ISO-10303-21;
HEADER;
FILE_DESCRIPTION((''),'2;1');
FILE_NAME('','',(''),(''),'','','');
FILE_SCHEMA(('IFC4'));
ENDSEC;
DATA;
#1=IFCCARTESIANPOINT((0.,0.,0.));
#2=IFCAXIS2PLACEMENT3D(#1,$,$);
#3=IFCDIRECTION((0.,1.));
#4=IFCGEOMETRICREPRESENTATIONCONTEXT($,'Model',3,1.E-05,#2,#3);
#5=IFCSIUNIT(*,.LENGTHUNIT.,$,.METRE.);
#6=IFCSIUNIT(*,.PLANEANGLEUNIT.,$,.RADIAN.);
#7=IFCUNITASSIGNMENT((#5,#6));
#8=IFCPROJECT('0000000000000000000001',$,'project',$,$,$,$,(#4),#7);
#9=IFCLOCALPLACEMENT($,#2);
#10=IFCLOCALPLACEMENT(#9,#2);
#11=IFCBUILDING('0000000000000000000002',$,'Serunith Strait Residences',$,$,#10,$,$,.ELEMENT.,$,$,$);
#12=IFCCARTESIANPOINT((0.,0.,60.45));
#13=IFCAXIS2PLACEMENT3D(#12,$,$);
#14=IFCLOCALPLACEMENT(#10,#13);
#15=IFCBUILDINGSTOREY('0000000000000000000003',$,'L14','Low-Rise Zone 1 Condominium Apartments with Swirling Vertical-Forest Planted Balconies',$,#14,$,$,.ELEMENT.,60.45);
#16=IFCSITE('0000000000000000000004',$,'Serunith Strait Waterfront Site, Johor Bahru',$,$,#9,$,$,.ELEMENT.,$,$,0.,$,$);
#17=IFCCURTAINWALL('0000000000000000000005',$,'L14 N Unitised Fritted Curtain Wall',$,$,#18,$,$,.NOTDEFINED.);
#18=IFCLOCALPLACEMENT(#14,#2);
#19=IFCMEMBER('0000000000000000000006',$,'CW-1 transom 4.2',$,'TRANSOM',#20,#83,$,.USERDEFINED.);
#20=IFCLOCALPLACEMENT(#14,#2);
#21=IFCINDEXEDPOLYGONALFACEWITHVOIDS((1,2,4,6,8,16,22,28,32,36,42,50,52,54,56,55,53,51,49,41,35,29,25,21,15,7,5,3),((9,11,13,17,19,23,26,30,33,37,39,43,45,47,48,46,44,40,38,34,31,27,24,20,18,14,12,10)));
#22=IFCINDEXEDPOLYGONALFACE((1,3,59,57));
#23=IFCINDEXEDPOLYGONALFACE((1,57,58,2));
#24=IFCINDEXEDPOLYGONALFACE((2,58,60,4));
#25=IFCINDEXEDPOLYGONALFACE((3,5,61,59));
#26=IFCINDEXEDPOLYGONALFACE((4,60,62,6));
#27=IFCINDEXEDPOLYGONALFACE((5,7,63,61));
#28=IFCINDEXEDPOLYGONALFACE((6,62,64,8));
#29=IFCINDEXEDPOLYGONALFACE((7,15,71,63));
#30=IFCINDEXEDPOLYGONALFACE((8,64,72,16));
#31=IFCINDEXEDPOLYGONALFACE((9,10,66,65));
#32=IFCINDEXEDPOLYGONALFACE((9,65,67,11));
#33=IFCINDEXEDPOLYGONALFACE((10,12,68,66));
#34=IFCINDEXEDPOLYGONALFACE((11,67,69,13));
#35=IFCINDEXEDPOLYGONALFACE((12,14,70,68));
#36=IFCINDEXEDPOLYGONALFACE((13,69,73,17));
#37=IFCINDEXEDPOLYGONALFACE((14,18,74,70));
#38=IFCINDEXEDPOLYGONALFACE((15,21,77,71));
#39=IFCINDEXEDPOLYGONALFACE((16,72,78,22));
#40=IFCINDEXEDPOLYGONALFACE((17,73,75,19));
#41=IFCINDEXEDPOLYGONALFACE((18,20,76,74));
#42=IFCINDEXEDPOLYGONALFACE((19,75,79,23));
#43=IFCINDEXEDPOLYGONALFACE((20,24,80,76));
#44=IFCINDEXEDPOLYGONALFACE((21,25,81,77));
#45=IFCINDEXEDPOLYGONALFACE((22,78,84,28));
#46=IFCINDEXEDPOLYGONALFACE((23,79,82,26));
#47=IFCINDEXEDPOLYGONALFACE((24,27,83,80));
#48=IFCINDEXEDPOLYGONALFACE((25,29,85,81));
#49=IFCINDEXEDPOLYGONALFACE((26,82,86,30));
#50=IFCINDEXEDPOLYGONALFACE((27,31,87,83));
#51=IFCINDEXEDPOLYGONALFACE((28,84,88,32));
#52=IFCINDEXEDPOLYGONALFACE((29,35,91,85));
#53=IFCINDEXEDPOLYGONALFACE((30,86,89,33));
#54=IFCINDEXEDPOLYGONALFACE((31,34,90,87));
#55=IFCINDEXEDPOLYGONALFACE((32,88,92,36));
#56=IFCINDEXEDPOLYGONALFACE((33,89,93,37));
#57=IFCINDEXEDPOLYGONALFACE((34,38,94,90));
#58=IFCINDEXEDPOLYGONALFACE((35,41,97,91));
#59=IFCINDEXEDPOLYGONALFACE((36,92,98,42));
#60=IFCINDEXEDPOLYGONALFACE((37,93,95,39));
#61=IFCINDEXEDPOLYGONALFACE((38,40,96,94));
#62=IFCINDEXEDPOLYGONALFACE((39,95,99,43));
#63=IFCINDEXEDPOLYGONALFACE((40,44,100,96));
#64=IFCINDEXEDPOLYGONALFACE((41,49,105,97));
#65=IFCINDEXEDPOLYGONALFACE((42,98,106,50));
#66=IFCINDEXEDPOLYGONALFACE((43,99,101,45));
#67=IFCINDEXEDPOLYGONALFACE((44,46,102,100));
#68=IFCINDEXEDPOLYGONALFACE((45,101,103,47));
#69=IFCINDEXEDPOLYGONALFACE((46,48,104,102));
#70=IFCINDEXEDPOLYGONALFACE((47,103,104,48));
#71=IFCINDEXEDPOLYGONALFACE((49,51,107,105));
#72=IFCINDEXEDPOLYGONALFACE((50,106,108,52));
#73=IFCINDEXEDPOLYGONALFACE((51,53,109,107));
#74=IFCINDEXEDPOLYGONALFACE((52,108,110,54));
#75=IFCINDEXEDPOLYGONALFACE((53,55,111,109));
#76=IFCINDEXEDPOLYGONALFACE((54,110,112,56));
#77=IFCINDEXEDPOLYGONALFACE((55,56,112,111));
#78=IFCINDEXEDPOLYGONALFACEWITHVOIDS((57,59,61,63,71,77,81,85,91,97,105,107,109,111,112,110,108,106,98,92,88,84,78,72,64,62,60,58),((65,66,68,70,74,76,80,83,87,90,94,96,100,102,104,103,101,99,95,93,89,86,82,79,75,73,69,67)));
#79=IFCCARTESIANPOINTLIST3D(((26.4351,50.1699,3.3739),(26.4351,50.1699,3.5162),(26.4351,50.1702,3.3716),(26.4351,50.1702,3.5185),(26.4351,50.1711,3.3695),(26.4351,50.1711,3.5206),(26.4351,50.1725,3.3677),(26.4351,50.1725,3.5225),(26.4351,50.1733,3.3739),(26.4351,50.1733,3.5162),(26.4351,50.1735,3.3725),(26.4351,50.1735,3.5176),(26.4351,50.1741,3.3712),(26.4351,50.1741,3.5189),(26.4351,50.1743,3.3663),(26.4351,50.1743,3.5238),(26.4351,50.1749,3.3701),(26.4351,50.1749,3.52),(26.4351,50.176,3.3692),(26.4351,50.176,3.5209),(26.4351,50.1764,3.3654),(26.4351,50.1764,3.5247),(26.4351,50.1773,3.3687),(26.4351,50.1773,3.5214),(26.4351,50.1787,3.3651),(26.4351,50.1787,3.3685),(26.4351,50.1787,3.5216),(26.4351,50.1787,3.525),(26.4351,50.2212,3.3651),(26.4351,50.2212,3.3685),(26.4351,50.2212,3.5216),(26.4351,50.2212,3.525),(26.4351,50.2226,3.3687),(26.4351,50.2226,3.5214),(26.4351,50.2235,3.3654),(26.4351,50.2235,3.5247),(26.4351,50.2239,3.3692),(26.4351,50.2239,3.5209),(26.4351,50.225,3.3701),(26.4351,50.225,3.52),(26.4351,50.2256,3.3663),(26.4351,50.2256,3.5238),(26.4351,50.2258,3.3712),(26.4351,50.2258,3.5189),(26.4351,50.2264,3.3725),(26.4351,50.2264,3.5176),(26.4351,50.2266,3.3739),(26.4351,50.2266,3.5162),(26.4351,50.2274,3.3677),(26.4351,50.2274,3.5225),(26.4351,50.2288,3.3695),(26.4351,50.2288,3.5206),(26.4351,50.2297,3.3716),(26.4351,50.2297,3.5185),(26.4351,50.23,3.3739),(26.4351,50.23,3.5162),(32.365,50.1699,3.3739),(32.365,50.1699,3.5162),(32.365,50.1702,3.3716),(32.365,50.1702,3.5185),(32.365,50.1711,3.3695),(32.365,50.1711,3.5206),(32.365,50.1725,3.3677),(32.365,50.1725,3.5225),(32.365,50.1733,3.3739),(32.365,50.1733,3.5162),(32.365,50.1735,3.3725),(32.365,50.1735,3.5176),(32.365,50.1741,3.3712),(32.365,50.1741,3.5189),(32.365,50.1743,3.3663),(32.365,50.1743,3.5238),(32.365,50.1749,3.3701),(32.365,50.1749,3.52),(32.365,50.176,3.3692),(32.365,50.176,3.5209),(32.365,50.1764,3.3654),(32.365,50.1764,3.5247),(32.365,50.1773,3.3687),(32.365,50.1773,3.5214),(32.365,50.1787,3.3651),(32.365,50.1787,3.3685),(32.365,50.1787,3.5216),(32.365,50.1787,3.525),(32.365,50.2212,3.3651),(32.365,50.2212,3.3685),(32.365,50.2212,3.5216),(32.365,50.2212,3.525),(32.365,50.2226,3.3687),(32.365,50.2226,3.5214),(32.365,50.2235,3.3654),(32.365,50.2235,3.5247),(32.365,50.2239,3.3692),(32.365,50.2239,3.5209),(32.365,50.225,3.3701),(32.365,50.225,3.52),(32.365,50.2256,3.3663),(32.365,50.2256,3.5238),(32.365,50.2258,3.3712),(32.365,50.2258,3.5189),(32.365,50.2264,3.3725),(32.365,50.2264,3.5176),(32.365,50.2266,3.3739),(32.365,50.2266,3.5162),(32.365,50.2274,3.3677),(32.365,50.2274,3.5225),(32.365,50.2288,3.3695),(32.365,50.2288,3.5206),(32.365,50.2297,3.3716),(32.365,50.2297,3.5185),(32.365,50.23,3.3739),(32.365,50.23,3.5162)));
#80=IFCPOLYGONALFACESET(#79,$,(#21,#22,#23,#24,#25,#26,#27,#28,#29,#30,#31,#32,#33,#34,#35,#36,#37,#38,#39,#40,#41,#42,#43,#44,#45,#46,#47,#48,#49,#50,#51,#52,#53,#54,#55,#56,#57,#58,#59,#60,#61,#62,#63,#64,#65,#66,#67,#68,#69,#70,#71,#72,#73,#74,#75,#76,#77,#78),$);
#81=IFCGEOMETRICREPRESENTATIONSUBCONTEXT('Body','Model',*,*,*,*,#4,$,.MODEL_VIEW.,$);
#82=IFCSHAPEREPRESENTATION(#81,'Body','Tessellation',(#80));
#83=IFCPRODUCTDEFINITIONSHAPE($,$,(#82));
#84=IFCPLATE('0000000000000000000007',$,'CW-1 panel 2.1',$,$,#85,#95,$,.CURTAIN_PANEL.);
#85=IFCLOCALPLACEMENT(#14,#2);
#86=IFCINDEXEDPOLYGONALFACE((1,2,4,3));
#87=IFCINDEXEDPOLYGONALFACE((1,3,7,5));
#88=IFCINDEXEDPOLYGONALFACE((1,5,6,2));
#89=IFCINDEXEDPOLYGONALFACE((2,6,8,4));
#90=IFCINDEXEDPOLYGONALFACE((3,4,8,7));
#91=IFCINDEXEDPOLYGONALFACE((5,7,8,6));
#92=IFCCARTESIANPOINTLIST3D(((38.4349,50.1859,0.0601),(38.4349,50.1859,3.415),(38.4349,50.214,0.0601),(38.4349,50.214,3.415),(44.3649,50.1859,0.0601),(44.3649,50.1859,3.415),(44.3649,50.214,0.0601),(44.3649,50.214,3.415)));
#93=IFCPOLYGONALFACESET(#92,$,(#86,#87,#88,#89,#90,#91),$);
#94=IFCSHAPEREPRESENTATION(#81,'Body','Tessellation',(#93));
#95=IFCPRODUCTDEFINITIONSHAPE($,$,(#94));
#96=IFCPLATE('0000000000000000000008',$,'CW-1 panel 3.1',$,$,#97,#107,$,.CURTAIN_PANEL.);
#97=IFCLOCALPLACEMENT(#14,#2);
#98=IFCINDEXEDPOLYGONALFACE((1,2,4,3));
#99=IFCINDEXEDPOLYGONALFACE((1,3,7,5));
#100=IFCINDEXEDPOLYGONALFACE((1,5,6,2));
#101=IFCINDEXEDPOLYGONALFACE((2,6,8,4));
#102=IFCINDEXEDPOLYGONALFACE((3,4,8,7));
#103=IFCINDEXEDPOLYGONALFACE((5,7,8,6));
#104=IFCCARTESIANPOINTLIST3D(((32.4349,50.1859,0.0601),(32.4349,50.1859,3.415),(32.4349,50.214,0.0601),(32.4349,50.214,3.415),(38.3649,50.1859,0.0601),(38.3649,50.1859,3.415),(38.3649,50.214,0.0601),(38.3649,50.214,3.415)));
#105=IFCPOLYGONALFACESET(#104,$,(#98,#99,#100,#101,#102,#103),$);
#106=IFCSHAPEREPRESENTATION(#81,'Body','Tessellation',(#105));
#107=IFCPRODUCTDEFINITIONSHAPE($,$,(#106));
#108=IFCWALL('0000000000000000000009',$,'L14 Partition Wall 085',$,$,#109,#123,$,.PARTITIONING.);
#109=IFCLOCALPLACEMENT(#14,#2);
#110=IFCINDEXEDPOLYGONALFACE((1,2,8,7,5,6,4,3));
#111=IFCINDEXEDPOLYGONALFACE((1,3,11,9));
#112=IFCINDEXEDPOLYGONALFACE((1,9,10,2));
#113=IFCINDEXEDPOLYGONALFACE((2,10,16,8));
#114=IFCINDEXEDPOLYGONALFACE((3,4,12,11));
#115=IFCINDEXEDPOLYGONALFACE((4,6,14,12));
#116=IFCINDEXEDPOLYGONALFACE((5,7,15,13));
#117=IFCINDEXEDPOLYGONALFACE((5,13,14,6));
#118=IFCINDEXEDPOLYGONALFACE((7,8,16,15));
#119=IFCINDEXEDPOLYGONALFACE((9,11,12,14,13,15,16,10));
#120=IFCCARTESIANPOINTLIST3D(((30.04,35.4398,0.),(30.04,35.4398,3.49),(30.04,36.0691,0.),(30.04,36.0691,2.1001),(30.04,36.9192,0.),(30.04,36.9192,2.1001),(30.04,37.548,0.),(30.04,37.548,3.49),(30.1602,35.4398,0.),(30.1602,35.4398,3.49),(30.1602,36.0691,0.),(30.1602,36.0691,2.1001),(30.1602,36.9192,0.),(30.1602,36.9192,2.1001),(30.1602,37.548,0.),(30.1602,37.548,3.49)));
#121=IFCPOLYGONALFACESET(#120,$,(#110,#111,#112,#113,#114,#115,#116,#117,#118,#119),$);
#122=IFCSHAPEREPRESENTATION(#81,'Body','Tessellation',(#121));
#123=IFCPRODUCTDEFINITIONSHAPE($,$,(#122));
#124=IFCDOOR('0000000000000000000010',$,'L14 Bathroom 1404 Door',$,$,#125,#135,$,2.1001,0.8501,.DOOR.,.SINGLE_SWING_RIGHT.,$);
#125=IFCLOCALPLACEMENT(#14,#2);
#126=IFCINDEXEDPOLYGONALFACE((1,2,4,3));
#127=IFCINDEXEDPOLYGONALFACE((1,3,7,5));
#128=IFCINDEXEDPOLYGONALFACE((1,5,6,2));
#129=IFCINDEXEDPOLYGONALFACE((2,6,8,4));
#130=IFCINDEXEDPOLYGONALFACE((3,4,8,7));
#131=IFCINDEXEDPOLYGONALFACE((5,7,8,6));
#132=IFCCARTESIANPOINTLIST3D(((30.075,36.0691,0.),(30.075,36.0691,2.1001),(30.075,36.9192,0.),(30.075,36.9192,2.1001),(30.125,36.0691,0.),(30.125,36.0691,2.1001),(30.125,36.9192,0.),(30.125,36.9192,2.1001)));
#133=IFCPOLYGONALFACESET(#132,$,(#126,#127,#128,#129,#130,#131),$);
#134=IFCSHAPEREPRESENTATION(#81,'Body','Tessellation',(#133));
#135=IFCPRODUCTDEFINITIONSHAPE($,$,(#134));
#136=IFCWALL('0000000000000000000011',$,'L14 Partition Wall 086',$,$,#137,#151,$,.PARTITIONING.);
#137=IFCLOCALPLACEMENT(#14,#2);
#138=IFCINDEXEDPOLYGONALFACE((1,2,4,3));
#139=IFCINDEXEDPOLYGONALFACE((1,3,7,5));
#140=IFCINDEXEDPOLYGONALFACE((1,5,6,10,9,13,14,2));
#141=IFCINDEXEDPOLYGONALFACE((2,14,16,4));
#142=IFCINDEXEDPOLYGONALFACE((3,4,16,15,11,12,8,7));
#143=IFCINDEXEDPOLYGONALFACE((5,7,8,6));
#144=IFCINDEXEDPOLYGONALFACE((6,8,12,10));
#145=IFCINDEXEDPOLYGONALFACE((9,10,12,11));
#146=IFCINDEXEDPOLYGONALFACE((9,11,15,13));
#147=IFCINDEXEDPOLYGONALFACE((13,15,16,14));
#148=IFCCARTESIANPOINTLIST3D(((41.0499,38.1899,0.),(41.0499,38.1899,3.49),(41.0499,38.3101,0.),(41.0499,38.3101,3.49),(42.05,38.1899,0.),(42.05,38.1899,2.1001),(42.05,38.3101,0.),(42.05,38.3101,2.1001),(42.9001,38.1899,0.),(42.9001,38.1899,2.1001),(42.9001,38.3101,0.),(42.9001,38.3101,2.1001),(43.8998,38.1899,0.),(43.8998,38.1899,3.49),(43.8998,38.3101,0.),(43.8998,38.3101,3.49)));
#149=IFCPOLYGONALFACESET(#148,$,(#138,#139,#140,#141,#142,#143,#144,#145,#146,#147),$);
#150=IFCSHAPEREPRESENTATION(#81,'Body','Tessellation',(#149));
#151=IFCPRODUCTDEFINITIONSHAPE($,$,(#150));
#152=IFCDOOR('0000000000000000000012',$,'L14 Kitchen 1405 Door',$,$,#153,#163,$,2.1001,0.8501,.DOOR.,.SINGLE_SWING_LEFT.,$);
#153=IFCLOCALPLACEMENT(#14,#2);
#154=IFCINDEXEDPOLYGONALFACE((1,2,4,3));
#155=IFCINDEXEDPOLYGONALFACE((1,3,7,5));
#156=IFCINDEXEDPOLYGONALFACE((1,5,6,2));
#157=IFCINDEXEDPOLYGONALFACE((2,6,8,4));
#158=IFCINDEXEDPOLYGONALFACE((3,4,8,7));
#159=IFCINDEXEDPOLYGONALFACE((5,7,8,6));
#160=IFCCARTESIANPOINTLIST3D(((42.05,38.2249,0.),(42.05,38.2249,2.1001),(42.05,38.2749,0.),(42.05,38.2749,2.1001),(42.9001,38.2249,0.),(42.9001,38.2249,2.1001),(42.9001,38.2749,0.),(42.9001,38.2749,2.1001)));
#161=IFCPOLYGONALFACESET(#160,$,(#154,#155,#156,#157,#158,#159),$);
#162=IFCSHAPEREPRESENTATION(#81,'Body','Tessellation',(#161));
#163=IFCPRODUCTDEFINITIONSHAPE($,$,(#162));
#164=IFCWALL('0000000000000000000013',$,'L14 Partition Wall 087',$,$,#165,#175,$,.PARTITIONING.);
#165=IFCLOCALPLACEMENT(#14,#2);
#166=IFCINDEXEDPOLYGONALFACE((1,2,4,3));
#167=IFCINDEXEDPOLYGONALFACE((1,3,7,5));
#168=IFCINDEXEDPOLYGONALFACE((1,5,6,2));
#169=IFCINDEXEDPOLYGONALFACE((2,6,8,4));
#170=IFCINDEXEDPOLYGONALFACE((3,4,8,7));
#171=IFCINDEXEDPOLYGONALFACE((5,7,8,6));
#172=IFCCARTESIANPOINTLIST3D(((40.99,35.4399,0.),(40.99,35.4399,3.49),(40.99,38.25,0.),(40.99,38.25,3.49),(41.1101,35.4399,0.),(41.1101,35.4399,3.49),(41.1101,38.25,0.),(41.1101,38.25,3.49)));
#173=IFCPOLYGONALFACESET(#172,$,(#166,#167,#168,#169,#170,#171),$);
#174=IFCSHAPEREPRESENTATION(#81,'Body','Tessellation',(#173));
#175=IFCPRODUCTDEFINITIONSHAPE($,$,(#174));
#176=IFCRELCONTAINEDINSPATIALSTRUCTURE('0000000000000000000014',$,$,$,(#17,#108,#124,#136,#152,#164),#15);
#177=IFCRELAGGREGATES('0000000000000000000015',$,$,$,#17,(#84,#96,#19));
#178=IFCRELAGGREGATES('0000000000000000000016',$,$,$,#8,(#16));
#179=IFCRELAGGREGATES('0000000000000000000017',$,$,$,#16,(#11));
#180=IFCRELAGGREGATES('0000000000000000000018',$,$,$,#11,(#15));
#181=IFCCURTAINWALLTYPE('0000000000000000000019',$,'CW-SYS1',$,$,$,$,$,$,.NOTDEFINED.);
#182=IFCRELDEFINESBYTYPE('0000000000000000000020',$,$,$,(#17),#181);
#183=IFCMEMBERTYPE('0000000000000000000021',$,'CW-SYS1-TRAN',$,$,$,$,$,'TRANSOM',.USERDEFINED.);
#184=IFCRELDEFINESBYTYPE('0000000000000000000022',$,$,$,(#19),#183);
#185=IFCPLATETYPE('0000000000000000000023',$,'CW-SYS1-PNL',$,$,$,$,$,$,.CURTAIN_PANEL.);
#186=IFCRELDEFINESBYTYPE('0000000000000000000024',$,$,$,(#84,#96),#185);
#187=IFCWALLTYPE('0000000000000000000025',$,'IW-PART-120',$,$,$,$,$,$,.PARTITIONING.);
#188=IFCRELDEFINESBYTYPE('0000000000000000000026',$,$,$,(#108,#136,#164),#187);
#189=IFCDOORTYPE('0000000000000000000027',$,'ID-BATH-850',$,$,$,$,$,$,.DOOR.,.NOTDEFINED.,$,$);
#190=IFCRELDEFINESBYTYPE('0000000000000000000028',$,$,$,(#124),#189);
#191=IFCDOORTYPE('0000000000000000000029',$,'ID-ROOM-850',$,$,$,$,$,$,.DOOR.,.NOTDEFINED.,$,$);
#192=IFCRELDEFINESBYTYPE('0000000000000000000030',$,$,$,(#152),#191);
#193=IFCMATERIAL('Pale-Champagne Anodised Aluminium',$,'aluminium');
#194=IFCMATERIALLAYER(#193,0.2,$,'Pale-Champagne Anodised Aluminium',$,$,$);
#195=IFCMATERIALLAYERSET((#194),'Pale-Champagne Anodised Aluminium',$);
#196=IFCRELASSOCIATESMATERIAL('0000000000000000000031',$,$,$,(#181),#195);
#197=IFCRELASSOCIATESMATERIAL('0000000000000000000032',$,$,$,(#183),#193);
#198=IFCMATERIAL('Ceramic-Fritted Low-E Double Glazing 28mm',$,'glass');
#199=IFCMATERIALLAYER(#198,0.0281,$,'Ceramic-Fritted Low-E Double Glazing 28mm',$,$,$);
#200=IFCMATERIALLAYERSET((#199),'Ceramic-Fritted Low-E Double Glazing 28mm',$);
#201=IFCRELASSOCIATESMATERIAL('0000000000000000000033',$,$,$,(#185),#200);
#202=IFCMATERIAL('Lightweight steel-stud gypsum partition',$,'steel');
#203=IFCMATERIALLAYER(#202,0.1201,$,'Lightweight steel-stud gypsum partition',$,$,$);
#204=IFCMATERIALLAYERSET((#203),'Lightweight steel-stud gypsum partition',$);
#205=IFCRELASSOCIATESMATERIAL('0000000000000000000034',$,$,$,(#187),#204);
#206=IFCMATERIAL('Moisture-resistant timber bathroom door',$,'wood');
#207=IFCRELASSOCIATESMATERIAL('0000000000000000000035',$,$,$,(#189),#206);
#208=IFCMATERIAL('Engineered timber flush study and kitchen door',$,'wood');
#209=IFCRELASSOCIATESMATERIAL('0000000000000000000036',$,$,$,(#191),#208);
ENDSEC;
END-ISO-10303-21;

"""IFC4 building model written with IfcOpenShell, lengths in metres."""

from ifc_helpers import new_model, si_unit, direction, frame, frame_2d, origin, origin_2d, place, context, subcontext, project, spatial, rectangle, hollow_rectangle, extrude, source, transform, mapped, material, layer, layer_set, material_profile, profile_set, type_object, element, fill, aggregate, save


model = new_model("IFC4")

# Units and contexts
model_context = context("Model", 3, precision=1e-05, world=origin(), true_north=direction((0.0, 1.0)))
body_context = subcontext(model_context, "Body", "Model", "MODEL_VIEW")
ifc_project = project(units=[si_unit("LENGTHUNIT", "METRE"), si_unit("PLANEANGLEUNIT", "RADIAN")], contexts=[model_context])

# Site, building, storey
site_placement = place(None, origin())
site = spatial("IfcSite", under=ifc_project, at=site_placement, Name="Serunith Strait Waterfront Site, Johor Bahru", CompositionType="ELEMENT", RefElevation=0.0)
building_placement = place(site_placement, origin())
building = spatial("IfcBuilding", under=site, at=building_placement, Name="Serunith Strait Residences", CompositionType="ELEMENT")
storey_placement = place(building_placement, frame((0.0, 0.0, 60.45)))
storey = spatial("IfcBuildingStorey", under=building, at=storey_placement, Name="L14", Description="Low-Rise Zone 1 Condominium Apartments with Swirling Vertical-Forest Planted Balconies", CompositionType="ELEMENT", Elevation=60.45)

# Curtain wall, member, plates
ifc_material_1 = material(Name="Pale-Champagne Anodised Aluminium", Category="aluminium")
ifc_layer_1 = layer(ifc_material_1, 0.2, Name="Pale-Champagne Anodised Aluminium")
ifc_layer_set_1 = layer_set([ifc_layer_1], Name="Pale-Champagne Anodised Aluminium")
curtain_wall_type = type_object("IfcCurtainWallType", Name="CW-SYS1", PredefinedType="NOTDEFINED", material=ifc_layer_set_1)
curtain_wall_placement = place(storey_placement, origin())
curtain_wall = element("IfcCurtainWall", 1, at=curtain_wall_placement, inside=storey, type_object=curtain_wall_type, Name="L14 N Unitised Fritted Curtain Wall", PredefinedType="NOTDEFINED")
ifc_material_profile_1 = material_profile(ifc_material_1, hollow_rectangle(XDim=0.0601, YDim=0.1599, WallThickness=0.0034, InnerFilletRadius=0.0054, OuterFilletRadius=0.0088, at=origin_2d()), Name="ALU 160x60x3.5")
ifc_profile_set_1 = profile_set([ifc_material_profile_1], Name="Pale-Champagne Anodised Aluminium")
member_type_1 = type_object("IfcMemberType", Name="CW-SYS1-TRAN", ElementType="TRANSOM", PredefinedType="USERDEFINED", material=ifc_profile_set_1)
shared_shape_1 = source(origin(), body_context, "Body", "SweptSolid", [
    extrude(hollow_rectangle(XDim=0.0601, YDim=0.1599, WallThickness=0.0034, InnerFilletRadius=0.0054, OuterFilletRadius=0.0088, at=origin_2d()), origin(), (0.0, 0.0, 1.0), 5.9299),
])
member_1_placement = place(storey_placement, frame((32.365, 50.2, 3.4451), z_axis=(-1.0, 0.0, 0.0), x_axis=(0.0, -1.0, 0.0)))
member_1 = element("IfcMember", 2, at=member_1_placement, type_object=member_type_1, Name="CW-1 transom 4.2", ObjectType="TRANSOM", PredefinedType="USERDEFINED", context=body_context, shape_type="MappedRepresentation", body=[
    mapped(shared_shape_1, transform((0.0, 0.0, 0.0), scale=1.0)),
])
ifc_material_2 = material(Name="Ceramic-Fritted Low-E Double Glazing 28mm", Category="glass")
ifc_layer_2 = layer(ifc_material_2, 0.0281, Name="Ceramic-Fritted Low-E Double Glazing 28mm")
ifc_layer_set_2 = layer_set([ifc_layer_2], Name="Ceramic-Fritted Low-E Double Glazing 28mm")
plate_type = type_object("IfcPlateType", Name="CW-SYS1-PNL", PredefinedType="CURTAIN_PANEL", material=ifc_layer_set_2)
shared_shape_2 = source(origin(), body_context, "Body", "SweptSolid", [
    extrude(rectangle(XDim=5.9299, YDim=0.0281, at=origin_2d()), origin(), (0.0, 0.0, 1.0), 3.355),
])
plate_1_placement = place(storey_placement, frame((41.3999, 50.2, 0.0601), z_axis=(0.0, 0.0, 1.0), x_axis=(-1.0, 0.0, 0.0)))
plate_1 = element("IfcPlate", 3, at=plate_1_placement, type_object=plate_type, Name="CW-1 panel 2.1", PredefinedType="CURTAIN_PANEL", context=body_context, shape_type="MappedRepresentation", body=[
    mapped(shared_shape_2, transform((0.0, 0.0, 0.0), scale=1.0)),
])
plate_2_placement = place(storey_placement, frame((35.3999, 50.2, 0.0601), z_axis=(0.0, 0.0, 1.0), x_axis=(-1.0, 0.0, 0.0)))
plate_2 = element("IfcPlate", 4, at=plate_2_placement, type_object=plate_type, Name="CW-1 panel 3.1", PredefinedType="CURTAIN_PANEL", context=body_context, shape_type="MappedRepresentation", body=[
    mapped(shared_shape_2, transform((0.0, 0.0, 0.0), scale=1.0)),
])
aggregate(curtain_wall, [plate_1, plate_2, member_1])

# Walls, openings, doors
ifc_material_3 = material(Name="Lightweight steel-stud gypsum partition", Category="steel")
ifc_layer_3 = layer(ifc_material_3, 0.1201, Name="Lightweight steel-stud gypsum partition")
ifc_layer_set_3 = layer_set([ifc_layer_3], Name="Lightweight steel-stud gypsum partition")
wall_type_1 = type_object("IfcWallType", Name="IW-PART-120", PredefinedType="PARTITIONING", material=ifc_layer_set_3)
wall_1_placement = place(storey_placement, frame((30.1001, 37.5481, 0.0), z_axis=(0.0, 0.0, 1.0), x_axis=(0.0, -1.0, 0.0)))
wall_1 = element("IfcWall", 5, at=wall_1_placement, inside=storey, type_object=wall_type_1, Name="L14 Partition Wall 085", PredefinedType="PARTITIONING", context=body_context, shape_type="SweptSolid", body=[
    extrude(rectangle(XDim=2.1082, YDim=0.1201, at=frame_2d((1.0542, 0.0))), origin(), (0.0, 0.0, 1.0), 3.49),
])
opening_1_placement = place(wall_1_placement, frame((0.6289, 0.0, 0.0)))
opening_1 = element("IfcOpeningElement", 6, at=opening_1_placement, cuts=wall_1, PredefinedType="OPENING", context=body_context, shape_type="SweptSolid", body=[
    extrude(rectangle(XDim=0.8501, YDim=2.1001, at=frame_2d((0.425, 1.05))), frame((0.0, 0.0701, 0.0), z_axis=(0.0, -1.0, 0.0), x_axis=(1.0, 0.0, 0.0)), (0.0, 0.0, 1.0), 0.1401),
])
ifc_material_4 = material(Name="Moisture-resistant timber bathroom door", Category="wood")
door_type_1 = type_object("IfcDoorType", Name="ID-BATH-850", OperationType="NOTDEFINED", PredefinedType="DOOR", material=ifc_material_4)
shared_shape_3 = source(origin(), body_context, "Body", "SweptSolid", [
    extrude(rectangle(XDim=0.8501, YDim=2.1001, at=frame_2d((0.425, 1.05))), frame((0.0, 0.0249, 0.0), z_axis=(0.0, -1.0, 0.0), x_axis=(1.0, 0.0, 0.0)), (0.0, 0.0, 1.0), 0.05),
])
door_1_placement = place(opening_1_placement, origin())
door_1 = element("IfcDoor", 7, at=door_1_placement, inside=storey, type_object=door_type_1, Name="L14 Bathroom 1404 Door", OperationType="SINGLE_SWING_RIGHT", OverallHeight=2.1001, OverallWidth=0.8501, PredefinedType="DOOR", context=body_context, shape_type="MappedRepresentation", body=[
    mapped(shared_shape_3, transform((0.0, 0.0, 0.0), scale=1.0)),
])
fill(opening_1, door_1)
wall_2_placement = place(storey_placement, frame((41.05, 38.25, 0.0), z_axis=(0.0, 0.0, 1.0), x_axis=(1.0, 0.0, 0.0)))
wall_2 = element("IfcWall", 8, at=wall_2_placement, inside=storey, type_object=wall_type_1, Name="L14 Partition Wall 086", PredefinedType="PARTITIONING", context=body_context, shape_type="SweptSolid", body=[
    extrude(rectangle(XDim=2.8499, YDim=0.1201, at=frame_2d((1.4248, 0.0))), origin(), (0.0, 0.0, 1.0), 3.49),
])
opening_2_placement = place(wall_2_placement, frame((1.0, 0.0, 0.0)))
opening_2 = element("IfcOpeningElement", 9, at=opening_2_placement, cuts=wall_2, PredefinedType="OPENING", context=body_context, shape_type="SweptSolid", body=[
    extrude(rectangle(XDim=0.8501, YDim=2.1001, at=frame_2d((0.425, 1.05))), frame((0.0, 0.0701, 0.0), z_axis=(0.0, -1.0, 0.0), x_axis=(1.0, 0.0, 0.0)), (0.0, 0.0, 1.0), 0.1401),
])
ifc_material_5 = material(Name="Engineered timber flush study and kitchen door", Category="wood")
door_type_2 = type_object("IfcDoorType", Name="ID-ROOM-850", OperationType="NOTDEFINED", PredefinedType="DOOR", material=ifc_material_5)
door_2_placement = place(opening_2_placement, origin())
door_2 = element("IfcDoor", 10, at=door_2_placement, inside=storey, type_object=door_type_2, Name="L14 Kitchen 1405 Door", OperationType="SINGLE_SWING_LEFT", OverallHeight=2.1001, OverallWidth=0.8501, PredefinedType="DOOR", context=body_context, shape_type="MappedRepresentation", body=[
    mapped(shared_shape_3, transform((0.0, 0.0, 0.0), scale=1.0)),
])
fill(opening_2, door_2)

# Wall
wall_3_placement = place(storey_placement, frame((41.05, 38.25, 0.0), z_axis=(0.0, 0.0, 1.0), x_axis=(0.0, -1.0, 0.0)))
element("IfcWall", 11, at=wall_3_placement, inside=storey, type_object=wall_type_1, Name="L14 Partition Wall 087", PredefinedType="PARTITIONING", context=body_context, shape_type="SweptSolid", body=[
    extrude(rectangle(XDim=2.8101, YDim=0.1201, at=frame_2d((1.405, 0.0))), origin(), (0.0, 0.0, 1.0), 3.49),
])

save(model, "model.ifc")
